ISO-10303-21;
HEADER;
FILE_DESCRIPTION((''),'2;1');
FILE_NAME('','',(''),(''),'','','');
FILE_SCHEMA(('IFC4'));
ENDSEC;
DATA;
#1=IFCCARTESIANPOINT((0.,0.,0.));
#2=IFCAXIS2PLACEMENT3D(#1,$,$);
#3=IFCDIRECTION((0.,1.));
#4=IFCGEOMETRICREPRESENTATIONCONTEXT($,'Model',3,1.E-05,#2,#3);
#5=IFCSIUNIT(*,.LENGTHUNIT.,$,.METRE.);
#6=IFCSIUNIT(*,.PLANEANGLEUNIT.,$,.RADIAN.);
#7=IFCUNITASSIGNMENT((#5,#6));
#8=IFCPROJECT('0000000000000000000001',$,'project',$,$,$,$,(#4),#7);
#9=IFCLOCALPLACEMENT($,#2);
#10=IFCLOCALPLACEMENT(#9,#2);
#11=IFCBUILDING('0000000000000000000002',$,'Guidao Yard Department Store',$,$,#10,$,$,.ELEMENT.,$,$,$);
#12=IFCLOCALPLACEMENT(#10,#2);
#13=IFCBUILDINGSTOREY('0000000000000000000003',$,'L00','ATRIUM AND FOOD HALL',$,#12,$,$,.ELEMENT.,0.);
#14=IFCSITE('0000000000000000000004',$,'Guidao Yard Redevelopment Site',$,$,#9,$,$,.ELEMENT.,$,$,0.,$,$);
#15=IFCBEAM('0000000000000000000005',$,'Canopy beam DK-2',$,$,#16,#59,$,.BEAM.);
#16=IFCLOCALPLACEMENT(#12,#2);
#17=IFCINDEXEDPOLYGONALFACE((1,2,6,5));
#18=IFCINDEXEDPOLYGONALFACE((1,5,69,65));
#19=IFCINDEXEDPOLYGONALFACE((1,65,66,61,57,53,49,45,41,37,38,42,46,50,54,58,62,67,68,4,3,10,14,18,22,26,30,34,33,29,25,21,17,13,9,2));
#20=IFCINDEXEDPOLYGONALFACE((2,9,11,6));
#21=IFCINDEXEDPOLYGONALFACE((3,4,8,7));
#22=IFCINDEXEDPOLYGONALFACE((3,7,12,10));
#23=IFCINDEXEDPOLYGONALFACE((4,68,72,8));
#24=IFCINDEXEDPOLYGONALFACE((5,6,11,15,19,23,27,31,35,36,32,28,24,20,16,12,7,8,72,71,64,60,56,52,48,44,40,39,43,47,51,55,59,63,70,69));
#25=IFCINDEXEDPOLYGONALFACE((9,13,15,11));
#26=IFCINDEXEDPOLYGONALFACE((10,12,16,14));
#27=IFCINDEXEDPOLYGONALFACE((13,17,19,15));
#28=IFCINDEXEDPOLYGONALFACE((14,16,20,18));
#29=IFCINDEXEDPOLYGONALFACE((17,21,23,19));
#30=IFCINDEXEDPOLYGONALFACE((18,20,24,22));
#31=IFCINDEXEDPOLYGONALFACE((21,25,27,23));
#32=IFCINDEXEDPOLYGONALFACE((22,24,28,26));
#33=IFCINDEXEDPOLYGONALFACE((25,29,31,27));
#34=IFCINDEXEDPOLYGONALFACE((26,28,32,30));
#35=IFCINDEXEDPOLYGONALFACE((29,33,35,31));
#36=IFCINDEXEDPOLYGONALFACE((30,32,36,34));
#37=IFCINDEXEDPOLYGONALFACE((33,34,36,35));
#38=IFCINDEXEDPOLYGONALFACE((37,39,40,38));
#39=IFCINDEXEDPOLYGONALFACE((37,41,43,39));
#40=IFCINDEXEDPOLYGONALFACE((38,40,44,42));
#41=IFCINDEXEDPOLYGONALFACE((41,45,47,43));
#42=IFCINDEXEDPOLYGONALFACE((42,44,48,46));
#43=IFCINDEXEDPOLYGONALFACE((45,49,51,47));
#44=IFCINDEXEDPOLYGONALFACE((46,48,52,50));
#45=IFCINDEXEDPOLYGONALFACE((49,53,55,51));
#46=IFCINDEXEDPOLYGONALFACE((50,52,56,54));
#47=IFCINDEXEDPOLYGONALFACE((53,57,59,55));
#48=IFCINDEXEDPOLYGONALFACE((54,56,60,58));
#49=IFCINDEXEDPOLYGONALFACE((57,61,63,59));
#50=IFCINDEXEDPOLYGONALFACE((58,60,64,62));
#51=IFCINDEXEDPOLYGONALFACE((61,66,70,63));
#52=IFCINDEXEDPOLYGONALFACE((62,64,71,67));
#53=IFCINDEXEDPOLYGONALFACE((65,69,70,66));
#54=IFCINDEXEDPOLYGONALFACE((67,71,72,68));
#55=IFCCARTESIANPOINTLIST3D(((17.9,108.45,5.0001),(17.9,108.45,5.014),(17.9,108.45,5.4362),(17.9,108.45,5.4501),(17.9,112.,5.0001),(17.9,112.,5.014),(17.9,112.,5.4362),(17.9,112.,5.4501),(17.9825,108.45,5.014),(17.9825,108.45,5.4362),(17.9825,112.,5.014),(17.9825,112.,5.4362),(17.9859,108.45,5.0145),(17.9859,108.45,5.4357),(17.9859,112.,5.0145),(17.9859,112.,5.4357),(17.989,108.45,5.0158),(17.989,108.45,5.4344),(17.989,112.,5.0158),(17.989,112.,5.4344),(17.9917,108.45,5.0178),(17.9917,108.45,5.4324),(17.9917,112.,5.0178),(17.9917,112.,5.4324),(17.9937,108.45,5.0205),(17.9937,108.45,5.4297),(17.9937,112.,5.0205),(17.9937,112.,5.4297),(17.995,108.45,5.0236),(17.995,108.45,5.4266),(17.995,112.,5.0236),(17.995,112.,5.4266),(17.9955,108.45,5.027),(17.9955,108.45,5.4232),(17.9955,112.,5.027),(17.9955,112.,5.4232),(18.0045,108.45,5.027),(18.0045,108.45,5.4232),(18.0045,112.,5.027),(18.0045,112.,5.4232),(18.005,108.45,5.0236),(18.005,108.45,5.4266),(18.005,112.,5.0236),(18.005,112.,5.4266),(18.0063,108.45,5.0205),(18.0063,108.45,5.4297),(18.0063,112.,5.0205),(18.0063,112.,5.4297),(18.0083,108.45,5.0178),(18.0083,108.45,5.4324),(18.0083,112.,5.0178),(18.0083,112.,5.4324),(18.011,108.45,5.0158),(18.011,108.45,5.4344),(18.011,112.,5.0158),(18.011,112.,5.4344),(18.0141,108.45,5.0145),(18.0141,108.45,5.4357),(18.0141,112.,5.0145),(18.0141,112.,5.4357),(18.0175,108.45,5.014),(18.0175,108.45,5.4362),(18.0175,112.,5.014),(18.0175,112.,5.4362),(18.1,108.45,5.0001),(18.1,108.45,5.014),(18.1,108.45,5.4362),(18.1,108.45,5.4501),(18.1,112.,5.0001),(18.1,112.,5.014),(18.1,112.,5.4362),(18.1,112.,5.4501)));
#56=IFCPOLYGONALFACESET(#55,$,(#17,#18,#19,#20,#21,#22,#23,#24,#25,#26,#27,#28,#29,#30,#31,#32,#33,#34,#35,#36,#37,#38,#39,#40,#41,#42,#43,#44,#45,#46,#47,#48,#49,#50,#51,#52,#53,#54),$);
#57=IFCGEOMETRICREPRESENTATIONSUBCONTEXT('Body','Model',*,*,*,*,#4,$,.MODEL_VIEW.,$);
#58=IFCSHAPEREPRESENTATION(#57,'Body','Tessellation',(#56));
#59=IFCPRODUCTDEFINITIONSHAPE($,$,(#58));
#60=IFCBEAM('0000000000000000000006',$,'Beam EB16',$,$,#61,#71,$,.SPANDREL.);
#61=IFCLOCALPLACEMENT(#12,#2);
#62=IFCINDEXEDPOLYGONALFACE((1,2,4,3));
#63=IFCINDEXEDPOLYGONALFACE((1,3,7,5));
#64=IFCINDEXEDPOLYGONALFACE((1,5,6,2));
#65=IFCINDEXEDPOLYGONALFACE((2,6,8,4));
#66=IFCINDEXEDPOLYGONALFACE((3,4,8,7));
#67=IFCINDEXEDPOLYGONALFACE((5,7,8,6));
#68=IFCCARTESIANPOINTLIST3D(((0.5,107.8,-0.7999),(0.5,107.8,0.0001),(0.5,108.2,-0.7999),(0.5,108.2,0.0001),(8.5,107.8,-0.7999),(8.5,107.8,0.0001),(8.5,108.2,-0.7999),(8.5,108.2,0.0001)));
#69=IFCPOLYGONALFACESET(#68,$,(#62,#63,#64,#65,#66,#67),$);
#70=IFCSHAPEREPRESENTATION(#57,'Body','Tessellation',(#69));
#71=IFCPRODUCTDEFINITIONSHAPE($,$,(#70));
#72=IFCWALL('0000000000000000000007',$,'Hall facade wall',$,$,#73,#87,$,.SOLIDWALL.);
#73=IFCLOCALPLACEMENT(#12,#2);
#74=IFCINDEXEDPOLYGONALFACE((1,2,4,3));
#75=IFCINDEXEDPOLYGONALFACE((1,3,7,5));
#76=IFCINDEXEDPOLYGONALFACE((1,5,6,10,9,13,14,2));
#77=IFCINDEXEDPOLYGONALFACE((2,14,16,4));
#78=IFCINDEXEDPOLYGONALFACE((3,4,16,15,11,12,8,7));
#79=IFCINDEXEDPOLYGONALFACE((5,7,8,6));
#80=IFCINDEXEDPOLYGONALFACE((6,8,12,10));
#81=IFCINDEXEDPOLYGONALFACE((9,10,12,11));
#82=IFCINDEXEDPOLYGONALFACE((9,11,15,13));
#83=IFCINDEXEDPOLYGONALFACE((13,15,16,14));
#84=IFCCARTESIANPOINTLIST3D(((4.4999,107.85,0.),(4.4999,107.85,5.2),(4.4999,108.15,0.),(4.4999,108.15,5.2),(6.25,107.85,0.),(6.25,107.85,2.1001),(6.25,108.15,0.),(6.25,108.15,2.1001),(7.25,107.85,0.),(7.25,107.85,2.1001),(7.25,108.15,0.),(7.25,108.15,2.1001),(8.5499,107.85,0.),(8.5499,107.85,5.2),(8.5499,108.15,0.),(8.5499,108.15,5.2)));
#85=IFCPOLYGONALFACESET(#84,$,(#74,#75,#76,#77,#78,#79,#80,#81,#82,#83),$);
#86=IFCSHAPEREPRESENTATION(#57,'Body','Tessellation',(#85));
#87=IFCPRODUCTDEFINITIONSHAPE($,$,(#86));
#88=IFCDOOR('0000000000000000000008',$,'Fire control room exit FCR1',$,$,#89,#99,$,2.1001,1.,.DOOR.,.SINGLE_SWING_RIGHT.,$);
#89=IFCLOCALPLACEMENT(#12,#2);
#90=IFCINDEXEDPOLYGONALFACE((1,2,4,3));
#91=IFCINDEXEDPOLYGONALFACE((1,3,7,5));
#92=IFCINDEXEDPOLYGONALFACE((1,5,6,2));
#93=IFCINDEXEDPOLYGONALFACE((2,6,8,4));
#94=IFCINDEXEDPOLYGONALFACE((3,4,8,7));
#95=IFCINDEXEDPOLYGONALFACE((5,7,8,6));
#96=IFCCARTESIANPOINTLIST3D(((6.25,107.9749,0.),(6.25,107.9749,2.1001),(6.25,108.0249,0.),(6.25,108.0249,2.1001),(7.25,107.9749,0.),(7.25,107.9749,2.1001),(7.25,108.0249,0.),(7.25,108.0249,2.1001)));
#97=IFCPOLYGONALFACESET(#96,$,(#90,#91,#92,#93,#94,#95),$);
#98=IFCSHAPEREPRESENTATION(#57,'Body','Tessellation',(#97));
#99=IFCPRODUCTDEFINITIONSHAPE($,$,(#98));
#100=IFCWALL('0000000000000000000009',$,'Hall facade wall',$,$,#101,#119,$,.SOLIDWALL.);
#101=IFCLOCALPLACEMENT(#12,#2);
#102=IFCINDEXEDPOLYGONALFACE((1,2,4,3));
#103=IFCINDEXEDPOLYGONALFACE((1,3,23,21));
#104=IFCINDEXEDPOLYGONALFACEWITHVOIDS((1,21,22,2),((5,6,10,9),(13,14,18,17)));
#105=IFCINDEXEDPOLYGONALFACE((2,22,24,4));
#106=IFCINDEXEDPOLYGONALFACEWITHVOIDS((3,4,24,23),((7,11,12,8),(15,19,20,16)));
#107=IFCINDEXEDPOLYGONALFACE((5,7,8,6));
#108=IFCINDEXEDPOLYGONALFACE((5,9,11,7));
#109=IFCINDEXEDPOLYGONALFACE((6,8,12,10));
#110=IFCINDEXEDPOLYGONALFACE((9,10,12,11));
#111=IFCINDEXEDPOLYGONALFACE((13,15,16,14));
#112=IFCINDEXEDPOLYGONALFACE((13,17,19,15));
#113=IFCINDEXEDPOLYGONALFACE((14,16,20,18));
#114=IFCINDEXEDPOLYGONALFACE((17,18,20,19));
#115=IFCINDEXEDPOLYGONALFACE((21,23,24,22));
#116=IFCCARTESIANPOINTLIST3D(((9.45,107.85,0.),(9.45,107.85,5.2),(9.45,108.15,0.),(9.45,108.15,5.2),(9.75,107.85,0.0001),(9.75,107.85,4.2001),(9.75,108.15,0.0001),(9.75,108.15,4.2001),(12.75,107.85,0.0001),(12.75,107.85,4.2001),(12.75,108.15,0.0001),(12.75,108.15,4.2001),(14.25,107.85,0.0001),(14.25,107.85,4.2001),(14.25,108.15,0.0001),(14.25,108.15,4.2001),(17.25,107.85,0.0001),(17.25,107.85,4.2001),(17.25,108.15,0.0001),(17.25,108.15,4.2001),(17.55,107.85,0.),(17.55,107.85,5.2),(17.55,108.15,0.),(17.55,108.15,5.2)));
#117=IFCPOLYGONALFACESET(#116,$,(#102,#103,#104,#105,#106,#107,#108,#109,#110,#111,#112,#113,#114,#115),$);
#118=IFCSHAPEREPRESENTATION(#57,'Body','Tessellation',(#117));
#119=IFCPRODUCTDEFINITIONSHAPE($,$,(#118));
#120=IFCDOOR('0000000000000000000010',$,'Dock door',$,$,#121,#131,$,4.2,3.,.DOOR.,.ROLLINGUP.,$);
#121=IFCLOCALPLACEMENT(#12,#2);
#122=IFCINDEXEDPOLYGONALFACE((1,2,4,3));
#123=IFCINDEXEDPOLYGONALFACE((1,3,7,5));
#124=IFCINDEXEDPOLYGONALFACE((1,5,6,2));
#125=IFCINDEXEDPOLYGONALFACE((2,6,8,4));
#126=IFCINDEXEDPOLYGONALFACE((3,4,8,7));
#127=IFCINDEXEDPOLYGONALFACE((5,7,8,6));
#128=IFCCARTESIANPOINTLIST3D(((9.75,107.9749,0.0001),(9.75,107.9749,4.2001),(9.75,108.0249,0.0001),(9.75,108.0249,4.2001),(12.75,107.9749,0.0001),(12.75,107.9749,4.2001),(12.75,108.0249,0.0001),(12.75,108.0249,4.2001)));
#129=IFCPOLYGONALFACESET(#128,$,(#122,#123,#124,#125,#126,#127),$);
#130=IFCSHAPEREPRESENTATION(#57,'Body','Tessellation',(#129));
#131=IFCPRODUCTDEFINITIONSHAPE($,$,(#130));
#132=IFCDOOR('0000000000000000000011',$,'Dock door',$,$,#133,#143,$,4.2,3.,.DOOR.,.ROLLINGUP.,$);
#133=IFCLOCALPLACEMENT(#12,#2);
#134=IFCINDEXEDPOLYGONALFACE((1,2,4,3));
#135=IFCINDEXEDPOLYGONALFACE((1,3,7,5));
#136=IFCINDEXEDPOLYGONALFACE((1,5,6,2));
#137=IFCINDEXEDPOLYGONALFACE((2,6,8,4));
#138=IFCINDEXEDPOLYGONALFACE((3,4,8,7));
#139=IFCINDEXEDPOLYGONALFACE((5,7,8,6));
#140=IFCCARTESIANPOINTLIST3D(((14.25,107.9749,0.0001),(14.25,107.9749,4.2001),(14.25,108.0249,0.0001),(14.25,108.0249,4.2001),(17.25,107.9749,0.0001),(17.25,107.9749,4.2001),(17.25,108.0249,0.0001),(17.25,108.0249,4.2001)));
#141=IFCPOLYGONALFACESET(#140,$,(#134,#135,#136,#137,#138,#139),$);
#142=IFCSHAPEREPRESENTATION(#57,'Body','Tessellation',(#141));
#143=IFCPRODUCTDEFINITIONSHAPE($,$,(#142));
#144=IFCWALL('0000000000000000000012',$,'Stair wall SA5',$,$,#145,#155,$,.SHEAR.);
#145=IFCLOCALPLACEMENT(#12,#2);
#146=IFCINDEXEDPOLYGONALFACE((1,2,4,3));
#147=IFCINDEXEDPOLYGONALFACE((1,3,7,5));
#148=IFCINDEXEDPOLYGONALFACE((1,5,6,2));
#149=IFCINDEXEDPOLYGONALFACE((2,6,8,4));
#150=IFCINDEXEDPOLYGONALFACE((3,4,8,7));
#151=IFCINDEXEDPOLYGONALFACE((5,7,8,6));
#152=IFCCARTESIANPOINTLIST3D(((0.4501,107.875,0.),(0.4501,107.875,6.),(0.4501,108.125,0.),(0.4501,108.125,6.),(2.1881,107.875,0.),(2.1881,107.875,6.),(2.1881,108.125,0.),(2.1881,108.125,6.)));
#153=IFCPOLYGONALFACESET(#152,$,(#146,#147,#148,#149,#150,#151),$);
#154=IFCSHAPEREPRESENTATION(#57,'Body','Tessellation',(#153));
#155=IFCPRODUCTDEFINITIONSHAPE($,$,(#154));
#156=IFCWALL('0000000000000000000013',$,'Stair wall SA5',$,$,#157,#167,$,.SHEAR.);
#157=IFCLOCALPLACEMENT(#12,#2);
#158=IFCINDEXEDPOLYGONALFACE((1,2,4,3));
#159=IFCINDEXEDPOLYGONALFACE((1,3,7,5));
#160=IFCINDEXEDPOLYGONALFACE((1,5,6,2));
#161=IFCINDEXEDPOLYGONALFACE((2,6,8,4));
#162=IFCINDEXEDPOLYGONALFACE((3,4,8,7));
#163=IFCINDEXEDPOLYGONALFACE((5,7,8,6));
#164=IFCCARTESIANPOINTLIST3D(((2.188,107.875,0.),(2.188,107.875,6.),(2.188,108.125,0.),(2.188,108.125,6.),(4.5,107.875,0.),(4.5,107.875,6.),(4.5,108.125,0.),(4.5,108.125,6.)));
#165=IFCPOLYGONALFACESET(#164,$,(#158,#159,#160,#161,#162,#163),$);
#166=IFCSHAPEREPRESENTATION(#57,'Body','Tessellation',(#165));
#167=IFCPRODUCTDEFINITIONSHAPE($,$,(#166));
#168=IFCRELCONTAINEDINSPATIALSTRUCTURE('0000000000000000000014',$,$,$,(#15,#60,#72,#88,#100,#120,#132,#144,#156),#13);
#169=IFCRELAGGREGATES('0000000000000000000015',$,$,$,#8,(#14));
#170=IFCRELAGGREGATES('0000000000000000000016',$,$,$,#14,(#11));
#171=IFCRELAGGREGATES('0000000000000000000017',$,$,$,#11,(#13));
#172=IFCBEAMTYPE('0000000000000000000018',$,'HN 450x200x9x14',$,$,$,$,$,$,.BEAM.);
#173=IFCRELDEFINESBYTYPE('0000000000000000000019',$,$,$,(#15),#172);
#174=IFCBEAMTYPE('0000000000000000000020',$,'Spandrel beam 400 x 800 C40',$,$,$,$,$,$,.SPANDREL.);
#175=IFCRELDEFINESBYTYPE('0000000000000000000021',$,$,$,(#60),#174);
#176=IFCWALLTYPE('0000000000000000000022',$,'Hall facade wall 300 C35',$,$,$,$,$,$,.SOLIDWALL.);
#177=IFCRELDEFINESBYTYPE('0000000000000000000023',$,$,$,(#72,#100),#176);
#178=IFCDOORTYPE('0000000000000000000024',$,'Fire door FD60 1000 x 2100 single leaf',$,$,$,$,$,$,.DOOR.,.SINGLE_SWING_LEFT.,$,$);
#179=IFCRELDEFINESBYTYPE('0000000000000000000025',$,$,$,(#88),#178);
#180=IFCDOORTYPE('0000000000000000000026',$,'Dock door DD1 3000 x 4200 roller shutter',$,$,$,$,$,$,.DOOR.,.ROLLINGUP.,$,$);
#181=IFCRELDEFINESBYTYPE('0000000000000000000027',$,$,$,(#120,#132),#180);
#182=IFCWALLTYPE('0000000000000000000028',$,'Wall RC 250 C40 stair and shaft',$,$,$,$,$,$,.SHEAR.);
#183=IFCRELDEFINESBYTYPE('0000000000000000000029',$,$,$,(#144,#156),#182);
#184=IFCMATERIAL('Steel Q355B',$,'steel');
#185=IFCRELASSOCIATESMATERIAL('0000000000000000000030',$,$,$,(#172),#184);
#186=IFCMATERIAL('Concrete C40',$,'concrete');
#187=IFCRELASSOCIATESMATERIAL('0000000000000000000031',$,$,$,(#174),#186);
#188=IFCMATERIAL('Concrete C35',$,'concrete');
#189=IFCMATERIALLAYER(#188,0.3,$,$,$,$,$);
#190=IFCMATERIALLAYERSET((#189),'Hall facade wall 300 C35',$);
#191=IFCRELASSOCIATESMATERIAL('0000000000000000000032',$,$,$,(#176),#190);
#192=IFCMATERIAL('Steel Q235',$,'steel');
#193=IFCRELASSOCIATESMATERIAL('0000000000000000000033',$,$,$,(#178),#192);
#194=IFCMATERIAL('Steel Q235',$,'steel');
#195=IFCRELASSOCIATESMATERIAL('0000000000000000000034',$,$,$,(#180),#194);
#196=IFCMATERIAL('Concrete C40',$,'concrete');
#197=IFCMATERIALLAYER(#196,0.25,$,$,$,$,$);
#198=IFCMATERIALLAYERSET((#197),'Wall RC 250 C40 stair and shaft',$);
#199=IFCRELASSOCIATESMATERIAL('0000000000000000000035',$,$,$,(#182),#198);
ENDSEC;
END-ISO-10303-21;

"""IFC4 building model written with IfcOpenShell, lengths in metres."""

from ifc_helpers import new_model, si_unit, direction, frame, frame_2d, origin, origin_2d, place, context, subcontext, project, spatial, rectangle, i_section, extrude, material, layer, layer_set, material_profile, profile_set, type_object, element, fill, save


model = new_model("IFC4")

# Units and contexts
model_context = context("Model", 3, precision=1e-05, world=origin(), true_north=direction((0.0, 1.0)))
body_context = subcontext(model_context, "Body", "Model", "MODEL_VIEW")
ifc_project = project(units=[si_unit("LENGTHUNIT", "METRE"), si_unit("PLANEANGLEUNIT", "RADIAN")], contexts=[model_context])

# Site, building, storey
site_placement = place(None, origin())
site = spatial("IfcSite", under=ifc_project, at=site_placement, Name="Guidao Yard Redevelopment Site", CompositionType="ELEMENT", RefElevation=0.0)
building_placement = place(site_placement, origin())
building = spatial("IfcBuilding", under=site, at=building_placement, Name="Guidao Yard Department Store", CompositionType="ELEMENT")
storey_placement = place(building_placement, origin())
storey = spatial("IfcBuildingStorey", under=building, at=storey_placement, Name="L00", Description="ATRIUM AND FOOD HALL", CompositionType="ELEMENT", Elevation=0.0)

# Beams
ifc_material_1 = material(Name="Steel Q355B", Category="steel")
ifc_material_profile_1 = material_profile(ifc_material_1, i_section(OverallWidth=0.2, OverallDepth=0.45, WebThickness=0.009, FlangeThickness=0.0139, FilletRadius=0.0129, at=origin_2d()), Name="HN 450x200x9x14")
ifc_profile_set_1 = profile_set([ifc_material_profile_1], Name="Steel Q355B")
beam_type_1 = type_object("IfcBeamType", Name="HN 450x200x9x14", PredefinedType="BEAM", material=ifc_profile_set_1)
for number, where, z_axis, x_axis, name in (
    (1, (18.0, 108.45, 5.2251), (0.0, 1.0, 0.0), (-1.0, 0.0, 0.0), "Canopy beam DK-2"),
):
    element("IfcBeam", number, at=place(storey_placement, frame(where, z_axis=z_axis, x_axis=x_axis)), inside=storey, type_object=beam_type_1, Name=name, PredefinedType="BEAM", context=body_context, shape_type="SweptSolid", body=[
        extrude(i_section(OverallWidth=0.2, OverallDepth=0.45, WebThickness=0.009, FlangeThickness=0.0139, FilletRadius=0.0129, at=origin_2d()), origin(), (0.0, 0.0, 1.0), 3.55),
    ])
ifc_material_2 = material(Name="Concrete C40", Category="concrete")
ifc_material_profile_2 = material_profile(ifc_material_2, rectangle(XDim=0.3999, YDim=0.8, at=origin_2d()), Name="Spandrel beam 400 x 800 C40")
ifc_profile_set_2 = profile_set([ifc_material_profile_2], Name="Concrete C40")
beam_type_2 = type_object("IfcBeamType", Name="Spandrel beam 400 x 800 C40", PredefinedType="SPANDREL", material=ifc_profile_set_2)
beam_1_placement = place(storey_placement, frame((0.5, 108.0, -0.3999), z_axis=(1.0, 0.0, 0.0), x_axis=(0.0, 1.0, 0.0)))
element("IfcBeam", 2, at=beam_1_placement, inside=storey, type_object=beam_type_2, Name="Beam EB16", PredefinedType="SPANDREL", context=body_context, shape_type="SweptSolid", body=[
    extrude(rectangle(XDim=0.3999, YDim=0.8, at=origin_2d()), origin(), (0.0, 0.0, 1.0), 8.0),
])

# Wall, opening, door
ifc_material_3 = material(Name="Concrete C35", Category="concrete")
ifc_layer_1 = layer(ifc_material_3, 0.3)
ifc_layer_set_1 = layer_set([ifc_layer_1], Name="Hall facade wall 300 C35")
wall_type_1 = type_object("IfcWallType", Name="Hall facade wall 300 C35", PredefinedType="SOLIDWALL", material=ifc_layer_set_1)
wall_1_placement = place(storey_placement, frame((4.5, 108.0, 0.0), z_axis=(0.0, 0.0, 1.0), x_axis=(1.0, 0.0, 0.0)))
wall_1 = element("IfcWall", 3, at=wall_1_placement, inside=storey, type_object=wall_type_1, Name="Hall facade wall", PredefinedType="SOLIDWALL", context=body_context, shape_type="SweptSolid", body=[
    extrude(rectangle(XDim=4.05, YDim=0.3, at=frame_2d((2.0249, 0.0))), origin(), (0.0, 0.0, 1.0), 5.2),
])
opening_1_placement = place(wall_1_placement, frame((1.75, 0.0, 0.0)))
opening_1 = element("IfcOpeningElement", 4, at=opening_1_placement, cuts=wall_1, PredefinedType="OPENING", context=body_context, shape_type="SweptSolid", body=[
    extrude(rectangle(XDim=1.0, YDim=2.1001, at=frame_2d((0.5, 1.05))), frame((0.0, 0.1599, 0.0), z_axis=(0.0, -1.0, 0.0), x_axis=(1.0, 0.0, 0.0)), (0.0, 0.0, 1.0), 0.3201),
])
ifc_material_4 = material(Name="Steel Q235", Category="steel")
door_type_1 = type_object("IfcDoorType", Name="Fire door FD60 1000 x 2100 single leaf", OperationType="SINGLE_SWING_LEFT", PredefinedType="DOOR", material=ifc_material_4)
door_1_placement = place(opening_1_placement, origin())
door_1 = element("IfcDoor", 5, at=door_1_placement, inside=storey, type_object=door_type_1, Name="Fire control room exit FCR1", OperationType="SINGLE_SWING_RIGHT", OverallHeight=2.1001, OverallWidth=1.0, PredefinedType="DOOR", context=body_context, shape_type="SweptSolid", body=[
    extrude(rectangle(XDim=1.0, YDim=2.1001, at=frame_2d((0.5, 1.05))), frame((0.0, 0.0249, 0.0), z_axis=(0.0, -1.0, 0.0), x_axis=(1.0, 0.0, 0.0)), (0.0, 0.0, 1.0), 0.05),
])
fill(opening_1, door_1)

# Wall, openings, doors
wall_2_placement = place(storey_placement, frame((9.45, 108.0, 0.0), z_axis=(0.0, 0.0, 1.0), x_axis=(1.0, 0.0, 0.0)))
wall_2 = element("IfcWall", 6, at=wall_2_placement, inside=storey, type_object=wall_type_1, Name="Hall facade wall", PredefinedType="SOLIDWALL", context=body_context, shape_type="SweptSolid", body=[
    extrude(rectangle(XDim=8.1001, YDim=0.3, at=frame_2d((4.05, 0.0))), origin(), (0.0, 0.0, 1.0), 5.2),
])
opening_2_placement = place(wall_2_placement, frame((0.3, 0.0, 0.0)))
opening_2 = element("IfcOpeningElement", 7, at=opening_2_placement, cuts=wall_2, PredefinedType="OPENING", context=body_context, shape_type="SweptSolid", body=[
    extrude(rectangle(XDim=3.0, YDim=4.2, at=frame_2d((1.5, 2.1001))), frame((0.0, 0.1599, 0.0), z_axis=(0.0, -1.0, 0.0), x_axis=(1.0, 0.0, 0.0)), (0.0, 0.0, 1.0), 0.3201),
])
opening_3_placement = place(wall_2_placement, frame((4.8, 0.0, 0.0)))
opening_3 = element("IfcOpeningElement", 8, at=opening_3_placement, cuts=wall_2, PredefinedType="OPENING", context=body_context, shape_type="SweptSolid", body=[
    extrude(rectangle(XDim=3.0, YDim=4.2, at=frame_2d((1.5, 2.1001))), frame((0.0, 0.1599, 0.0), z_axis=(0.0, -1.0, 0.0), x_axis=(1.0, 0.0, 0.0)), (0.0, 0.0, 1.0), 0.3201),
])
ifc_material_5 = material(Name="Steel Q235", Category="steel")
door_type_2 = type_object("IfcDoorType", Name="Dock door DD1 3000 x 4200 roller shutter", OperationType="ROLLINGUP", PredefinedType="DOOR", material=ifc_material_5)
door_2_placement = place(opening_2_placement, origin())
door_2 = element("IfcDoor", 9, at=door_2_placement, inside=storey, type_object=door_type_2, Name="Dock door", OperationType="ROLLINGUP", OverallHeight=4.2, OverallWidth=3.0, PredefinedType="DOOR", context=body_context, shape_type="SweptSolid", body=[
    extrude(rectangle(XDim=3.0, YDim=4.2, at=frame_2d((1.5, 2.1001))), frame((0.0, 0.0249, 0.0), z_axis=(0.0, -1.0, 0.0), x_axis=(1.0, 0.0, 0.0)), (0.0, 0.0, 1.0), 0.05),
])
fill(opening_2, door_2)
door_3_placement = place(opening_3_placement, origin())
door_3 = element("IfcDoor", 10, at=door_3_placement, inside=storey, type_object=door_type_2, Name="Dock door", OperationType="ROLLINGUP", OverallHeight=4.2, OverallWidth=3.0, PredefinedType="DOOR", context=body_context, shape_type="SweptSolid", body=[
    extrude(rectangle(XDim=3.0, YDim=4.2, at=frame_2d((1.5, 2.1001))), frame((0.0, 0.0249, 0.0), z_axis=(0.0, -1.0, 0.0), x_axis=(1.0, 0.0, 0.0)), (0.0, 0.0, 1.0), 0.05),
])
fill(opening_3, door_3)

# Walls
ifc_material_6 = material(Name="Concrete C40", Category="concrete")
ifc_layer_2 = layer(ifc_material_6, 0.25)
ifc_layer_set_2 = layer_set([ifc_layer_2], Name="Wall RC 250 C40 stair and shaft")
wall_type_2 = type_object("IfcWallType", Name="Wall RC 250 C40 stair and shaft", PredefinedType="SHEAR", material=ifc_layer_set_2)
wall_3_placement = place(storey_placement, frame((0.45, 108.0, 0.0), z_axis=(0.0, 0.0, 1.0), x_axis=(1.0, 0.0, 0.0)))
element("IfcWall", 11, at=wall_3_placement, inside=storey, type_object=wall_type_2, Name="Stair wall SA5", PredefinedType="SHEAR", context=body_context, shape_type="SweptSolid", body=[
    extrude(rectangle(XDim=1.738, YDim=0.25, at=frame_2d((0.8691, 0.0))), origin(), (0.0, 0.0, 1.0), 6.0),
])
wall_4_placement = place(storey_placement, frame((2.188, 108.0, 0.0), z_axis=(0.0, 0.0, 1.0), x_axis=(1.0, 0.0, 0.0)))
element("IfcWall", 12, at=wall_4_placement, inside=storey, type_object=wall_type_2, Name="Stair wall SA5", PredefinedType="SHEAR", context=body_context, shape_type="SweptSolid", body=[
    extrude(rectangle(XDim=2.312, YDim=0.25, at=frame_2d((1.156, 0.0))), origin(), (0.0, 0.0, 1.0), 6.0),
])

save(model, "model.ifc")
